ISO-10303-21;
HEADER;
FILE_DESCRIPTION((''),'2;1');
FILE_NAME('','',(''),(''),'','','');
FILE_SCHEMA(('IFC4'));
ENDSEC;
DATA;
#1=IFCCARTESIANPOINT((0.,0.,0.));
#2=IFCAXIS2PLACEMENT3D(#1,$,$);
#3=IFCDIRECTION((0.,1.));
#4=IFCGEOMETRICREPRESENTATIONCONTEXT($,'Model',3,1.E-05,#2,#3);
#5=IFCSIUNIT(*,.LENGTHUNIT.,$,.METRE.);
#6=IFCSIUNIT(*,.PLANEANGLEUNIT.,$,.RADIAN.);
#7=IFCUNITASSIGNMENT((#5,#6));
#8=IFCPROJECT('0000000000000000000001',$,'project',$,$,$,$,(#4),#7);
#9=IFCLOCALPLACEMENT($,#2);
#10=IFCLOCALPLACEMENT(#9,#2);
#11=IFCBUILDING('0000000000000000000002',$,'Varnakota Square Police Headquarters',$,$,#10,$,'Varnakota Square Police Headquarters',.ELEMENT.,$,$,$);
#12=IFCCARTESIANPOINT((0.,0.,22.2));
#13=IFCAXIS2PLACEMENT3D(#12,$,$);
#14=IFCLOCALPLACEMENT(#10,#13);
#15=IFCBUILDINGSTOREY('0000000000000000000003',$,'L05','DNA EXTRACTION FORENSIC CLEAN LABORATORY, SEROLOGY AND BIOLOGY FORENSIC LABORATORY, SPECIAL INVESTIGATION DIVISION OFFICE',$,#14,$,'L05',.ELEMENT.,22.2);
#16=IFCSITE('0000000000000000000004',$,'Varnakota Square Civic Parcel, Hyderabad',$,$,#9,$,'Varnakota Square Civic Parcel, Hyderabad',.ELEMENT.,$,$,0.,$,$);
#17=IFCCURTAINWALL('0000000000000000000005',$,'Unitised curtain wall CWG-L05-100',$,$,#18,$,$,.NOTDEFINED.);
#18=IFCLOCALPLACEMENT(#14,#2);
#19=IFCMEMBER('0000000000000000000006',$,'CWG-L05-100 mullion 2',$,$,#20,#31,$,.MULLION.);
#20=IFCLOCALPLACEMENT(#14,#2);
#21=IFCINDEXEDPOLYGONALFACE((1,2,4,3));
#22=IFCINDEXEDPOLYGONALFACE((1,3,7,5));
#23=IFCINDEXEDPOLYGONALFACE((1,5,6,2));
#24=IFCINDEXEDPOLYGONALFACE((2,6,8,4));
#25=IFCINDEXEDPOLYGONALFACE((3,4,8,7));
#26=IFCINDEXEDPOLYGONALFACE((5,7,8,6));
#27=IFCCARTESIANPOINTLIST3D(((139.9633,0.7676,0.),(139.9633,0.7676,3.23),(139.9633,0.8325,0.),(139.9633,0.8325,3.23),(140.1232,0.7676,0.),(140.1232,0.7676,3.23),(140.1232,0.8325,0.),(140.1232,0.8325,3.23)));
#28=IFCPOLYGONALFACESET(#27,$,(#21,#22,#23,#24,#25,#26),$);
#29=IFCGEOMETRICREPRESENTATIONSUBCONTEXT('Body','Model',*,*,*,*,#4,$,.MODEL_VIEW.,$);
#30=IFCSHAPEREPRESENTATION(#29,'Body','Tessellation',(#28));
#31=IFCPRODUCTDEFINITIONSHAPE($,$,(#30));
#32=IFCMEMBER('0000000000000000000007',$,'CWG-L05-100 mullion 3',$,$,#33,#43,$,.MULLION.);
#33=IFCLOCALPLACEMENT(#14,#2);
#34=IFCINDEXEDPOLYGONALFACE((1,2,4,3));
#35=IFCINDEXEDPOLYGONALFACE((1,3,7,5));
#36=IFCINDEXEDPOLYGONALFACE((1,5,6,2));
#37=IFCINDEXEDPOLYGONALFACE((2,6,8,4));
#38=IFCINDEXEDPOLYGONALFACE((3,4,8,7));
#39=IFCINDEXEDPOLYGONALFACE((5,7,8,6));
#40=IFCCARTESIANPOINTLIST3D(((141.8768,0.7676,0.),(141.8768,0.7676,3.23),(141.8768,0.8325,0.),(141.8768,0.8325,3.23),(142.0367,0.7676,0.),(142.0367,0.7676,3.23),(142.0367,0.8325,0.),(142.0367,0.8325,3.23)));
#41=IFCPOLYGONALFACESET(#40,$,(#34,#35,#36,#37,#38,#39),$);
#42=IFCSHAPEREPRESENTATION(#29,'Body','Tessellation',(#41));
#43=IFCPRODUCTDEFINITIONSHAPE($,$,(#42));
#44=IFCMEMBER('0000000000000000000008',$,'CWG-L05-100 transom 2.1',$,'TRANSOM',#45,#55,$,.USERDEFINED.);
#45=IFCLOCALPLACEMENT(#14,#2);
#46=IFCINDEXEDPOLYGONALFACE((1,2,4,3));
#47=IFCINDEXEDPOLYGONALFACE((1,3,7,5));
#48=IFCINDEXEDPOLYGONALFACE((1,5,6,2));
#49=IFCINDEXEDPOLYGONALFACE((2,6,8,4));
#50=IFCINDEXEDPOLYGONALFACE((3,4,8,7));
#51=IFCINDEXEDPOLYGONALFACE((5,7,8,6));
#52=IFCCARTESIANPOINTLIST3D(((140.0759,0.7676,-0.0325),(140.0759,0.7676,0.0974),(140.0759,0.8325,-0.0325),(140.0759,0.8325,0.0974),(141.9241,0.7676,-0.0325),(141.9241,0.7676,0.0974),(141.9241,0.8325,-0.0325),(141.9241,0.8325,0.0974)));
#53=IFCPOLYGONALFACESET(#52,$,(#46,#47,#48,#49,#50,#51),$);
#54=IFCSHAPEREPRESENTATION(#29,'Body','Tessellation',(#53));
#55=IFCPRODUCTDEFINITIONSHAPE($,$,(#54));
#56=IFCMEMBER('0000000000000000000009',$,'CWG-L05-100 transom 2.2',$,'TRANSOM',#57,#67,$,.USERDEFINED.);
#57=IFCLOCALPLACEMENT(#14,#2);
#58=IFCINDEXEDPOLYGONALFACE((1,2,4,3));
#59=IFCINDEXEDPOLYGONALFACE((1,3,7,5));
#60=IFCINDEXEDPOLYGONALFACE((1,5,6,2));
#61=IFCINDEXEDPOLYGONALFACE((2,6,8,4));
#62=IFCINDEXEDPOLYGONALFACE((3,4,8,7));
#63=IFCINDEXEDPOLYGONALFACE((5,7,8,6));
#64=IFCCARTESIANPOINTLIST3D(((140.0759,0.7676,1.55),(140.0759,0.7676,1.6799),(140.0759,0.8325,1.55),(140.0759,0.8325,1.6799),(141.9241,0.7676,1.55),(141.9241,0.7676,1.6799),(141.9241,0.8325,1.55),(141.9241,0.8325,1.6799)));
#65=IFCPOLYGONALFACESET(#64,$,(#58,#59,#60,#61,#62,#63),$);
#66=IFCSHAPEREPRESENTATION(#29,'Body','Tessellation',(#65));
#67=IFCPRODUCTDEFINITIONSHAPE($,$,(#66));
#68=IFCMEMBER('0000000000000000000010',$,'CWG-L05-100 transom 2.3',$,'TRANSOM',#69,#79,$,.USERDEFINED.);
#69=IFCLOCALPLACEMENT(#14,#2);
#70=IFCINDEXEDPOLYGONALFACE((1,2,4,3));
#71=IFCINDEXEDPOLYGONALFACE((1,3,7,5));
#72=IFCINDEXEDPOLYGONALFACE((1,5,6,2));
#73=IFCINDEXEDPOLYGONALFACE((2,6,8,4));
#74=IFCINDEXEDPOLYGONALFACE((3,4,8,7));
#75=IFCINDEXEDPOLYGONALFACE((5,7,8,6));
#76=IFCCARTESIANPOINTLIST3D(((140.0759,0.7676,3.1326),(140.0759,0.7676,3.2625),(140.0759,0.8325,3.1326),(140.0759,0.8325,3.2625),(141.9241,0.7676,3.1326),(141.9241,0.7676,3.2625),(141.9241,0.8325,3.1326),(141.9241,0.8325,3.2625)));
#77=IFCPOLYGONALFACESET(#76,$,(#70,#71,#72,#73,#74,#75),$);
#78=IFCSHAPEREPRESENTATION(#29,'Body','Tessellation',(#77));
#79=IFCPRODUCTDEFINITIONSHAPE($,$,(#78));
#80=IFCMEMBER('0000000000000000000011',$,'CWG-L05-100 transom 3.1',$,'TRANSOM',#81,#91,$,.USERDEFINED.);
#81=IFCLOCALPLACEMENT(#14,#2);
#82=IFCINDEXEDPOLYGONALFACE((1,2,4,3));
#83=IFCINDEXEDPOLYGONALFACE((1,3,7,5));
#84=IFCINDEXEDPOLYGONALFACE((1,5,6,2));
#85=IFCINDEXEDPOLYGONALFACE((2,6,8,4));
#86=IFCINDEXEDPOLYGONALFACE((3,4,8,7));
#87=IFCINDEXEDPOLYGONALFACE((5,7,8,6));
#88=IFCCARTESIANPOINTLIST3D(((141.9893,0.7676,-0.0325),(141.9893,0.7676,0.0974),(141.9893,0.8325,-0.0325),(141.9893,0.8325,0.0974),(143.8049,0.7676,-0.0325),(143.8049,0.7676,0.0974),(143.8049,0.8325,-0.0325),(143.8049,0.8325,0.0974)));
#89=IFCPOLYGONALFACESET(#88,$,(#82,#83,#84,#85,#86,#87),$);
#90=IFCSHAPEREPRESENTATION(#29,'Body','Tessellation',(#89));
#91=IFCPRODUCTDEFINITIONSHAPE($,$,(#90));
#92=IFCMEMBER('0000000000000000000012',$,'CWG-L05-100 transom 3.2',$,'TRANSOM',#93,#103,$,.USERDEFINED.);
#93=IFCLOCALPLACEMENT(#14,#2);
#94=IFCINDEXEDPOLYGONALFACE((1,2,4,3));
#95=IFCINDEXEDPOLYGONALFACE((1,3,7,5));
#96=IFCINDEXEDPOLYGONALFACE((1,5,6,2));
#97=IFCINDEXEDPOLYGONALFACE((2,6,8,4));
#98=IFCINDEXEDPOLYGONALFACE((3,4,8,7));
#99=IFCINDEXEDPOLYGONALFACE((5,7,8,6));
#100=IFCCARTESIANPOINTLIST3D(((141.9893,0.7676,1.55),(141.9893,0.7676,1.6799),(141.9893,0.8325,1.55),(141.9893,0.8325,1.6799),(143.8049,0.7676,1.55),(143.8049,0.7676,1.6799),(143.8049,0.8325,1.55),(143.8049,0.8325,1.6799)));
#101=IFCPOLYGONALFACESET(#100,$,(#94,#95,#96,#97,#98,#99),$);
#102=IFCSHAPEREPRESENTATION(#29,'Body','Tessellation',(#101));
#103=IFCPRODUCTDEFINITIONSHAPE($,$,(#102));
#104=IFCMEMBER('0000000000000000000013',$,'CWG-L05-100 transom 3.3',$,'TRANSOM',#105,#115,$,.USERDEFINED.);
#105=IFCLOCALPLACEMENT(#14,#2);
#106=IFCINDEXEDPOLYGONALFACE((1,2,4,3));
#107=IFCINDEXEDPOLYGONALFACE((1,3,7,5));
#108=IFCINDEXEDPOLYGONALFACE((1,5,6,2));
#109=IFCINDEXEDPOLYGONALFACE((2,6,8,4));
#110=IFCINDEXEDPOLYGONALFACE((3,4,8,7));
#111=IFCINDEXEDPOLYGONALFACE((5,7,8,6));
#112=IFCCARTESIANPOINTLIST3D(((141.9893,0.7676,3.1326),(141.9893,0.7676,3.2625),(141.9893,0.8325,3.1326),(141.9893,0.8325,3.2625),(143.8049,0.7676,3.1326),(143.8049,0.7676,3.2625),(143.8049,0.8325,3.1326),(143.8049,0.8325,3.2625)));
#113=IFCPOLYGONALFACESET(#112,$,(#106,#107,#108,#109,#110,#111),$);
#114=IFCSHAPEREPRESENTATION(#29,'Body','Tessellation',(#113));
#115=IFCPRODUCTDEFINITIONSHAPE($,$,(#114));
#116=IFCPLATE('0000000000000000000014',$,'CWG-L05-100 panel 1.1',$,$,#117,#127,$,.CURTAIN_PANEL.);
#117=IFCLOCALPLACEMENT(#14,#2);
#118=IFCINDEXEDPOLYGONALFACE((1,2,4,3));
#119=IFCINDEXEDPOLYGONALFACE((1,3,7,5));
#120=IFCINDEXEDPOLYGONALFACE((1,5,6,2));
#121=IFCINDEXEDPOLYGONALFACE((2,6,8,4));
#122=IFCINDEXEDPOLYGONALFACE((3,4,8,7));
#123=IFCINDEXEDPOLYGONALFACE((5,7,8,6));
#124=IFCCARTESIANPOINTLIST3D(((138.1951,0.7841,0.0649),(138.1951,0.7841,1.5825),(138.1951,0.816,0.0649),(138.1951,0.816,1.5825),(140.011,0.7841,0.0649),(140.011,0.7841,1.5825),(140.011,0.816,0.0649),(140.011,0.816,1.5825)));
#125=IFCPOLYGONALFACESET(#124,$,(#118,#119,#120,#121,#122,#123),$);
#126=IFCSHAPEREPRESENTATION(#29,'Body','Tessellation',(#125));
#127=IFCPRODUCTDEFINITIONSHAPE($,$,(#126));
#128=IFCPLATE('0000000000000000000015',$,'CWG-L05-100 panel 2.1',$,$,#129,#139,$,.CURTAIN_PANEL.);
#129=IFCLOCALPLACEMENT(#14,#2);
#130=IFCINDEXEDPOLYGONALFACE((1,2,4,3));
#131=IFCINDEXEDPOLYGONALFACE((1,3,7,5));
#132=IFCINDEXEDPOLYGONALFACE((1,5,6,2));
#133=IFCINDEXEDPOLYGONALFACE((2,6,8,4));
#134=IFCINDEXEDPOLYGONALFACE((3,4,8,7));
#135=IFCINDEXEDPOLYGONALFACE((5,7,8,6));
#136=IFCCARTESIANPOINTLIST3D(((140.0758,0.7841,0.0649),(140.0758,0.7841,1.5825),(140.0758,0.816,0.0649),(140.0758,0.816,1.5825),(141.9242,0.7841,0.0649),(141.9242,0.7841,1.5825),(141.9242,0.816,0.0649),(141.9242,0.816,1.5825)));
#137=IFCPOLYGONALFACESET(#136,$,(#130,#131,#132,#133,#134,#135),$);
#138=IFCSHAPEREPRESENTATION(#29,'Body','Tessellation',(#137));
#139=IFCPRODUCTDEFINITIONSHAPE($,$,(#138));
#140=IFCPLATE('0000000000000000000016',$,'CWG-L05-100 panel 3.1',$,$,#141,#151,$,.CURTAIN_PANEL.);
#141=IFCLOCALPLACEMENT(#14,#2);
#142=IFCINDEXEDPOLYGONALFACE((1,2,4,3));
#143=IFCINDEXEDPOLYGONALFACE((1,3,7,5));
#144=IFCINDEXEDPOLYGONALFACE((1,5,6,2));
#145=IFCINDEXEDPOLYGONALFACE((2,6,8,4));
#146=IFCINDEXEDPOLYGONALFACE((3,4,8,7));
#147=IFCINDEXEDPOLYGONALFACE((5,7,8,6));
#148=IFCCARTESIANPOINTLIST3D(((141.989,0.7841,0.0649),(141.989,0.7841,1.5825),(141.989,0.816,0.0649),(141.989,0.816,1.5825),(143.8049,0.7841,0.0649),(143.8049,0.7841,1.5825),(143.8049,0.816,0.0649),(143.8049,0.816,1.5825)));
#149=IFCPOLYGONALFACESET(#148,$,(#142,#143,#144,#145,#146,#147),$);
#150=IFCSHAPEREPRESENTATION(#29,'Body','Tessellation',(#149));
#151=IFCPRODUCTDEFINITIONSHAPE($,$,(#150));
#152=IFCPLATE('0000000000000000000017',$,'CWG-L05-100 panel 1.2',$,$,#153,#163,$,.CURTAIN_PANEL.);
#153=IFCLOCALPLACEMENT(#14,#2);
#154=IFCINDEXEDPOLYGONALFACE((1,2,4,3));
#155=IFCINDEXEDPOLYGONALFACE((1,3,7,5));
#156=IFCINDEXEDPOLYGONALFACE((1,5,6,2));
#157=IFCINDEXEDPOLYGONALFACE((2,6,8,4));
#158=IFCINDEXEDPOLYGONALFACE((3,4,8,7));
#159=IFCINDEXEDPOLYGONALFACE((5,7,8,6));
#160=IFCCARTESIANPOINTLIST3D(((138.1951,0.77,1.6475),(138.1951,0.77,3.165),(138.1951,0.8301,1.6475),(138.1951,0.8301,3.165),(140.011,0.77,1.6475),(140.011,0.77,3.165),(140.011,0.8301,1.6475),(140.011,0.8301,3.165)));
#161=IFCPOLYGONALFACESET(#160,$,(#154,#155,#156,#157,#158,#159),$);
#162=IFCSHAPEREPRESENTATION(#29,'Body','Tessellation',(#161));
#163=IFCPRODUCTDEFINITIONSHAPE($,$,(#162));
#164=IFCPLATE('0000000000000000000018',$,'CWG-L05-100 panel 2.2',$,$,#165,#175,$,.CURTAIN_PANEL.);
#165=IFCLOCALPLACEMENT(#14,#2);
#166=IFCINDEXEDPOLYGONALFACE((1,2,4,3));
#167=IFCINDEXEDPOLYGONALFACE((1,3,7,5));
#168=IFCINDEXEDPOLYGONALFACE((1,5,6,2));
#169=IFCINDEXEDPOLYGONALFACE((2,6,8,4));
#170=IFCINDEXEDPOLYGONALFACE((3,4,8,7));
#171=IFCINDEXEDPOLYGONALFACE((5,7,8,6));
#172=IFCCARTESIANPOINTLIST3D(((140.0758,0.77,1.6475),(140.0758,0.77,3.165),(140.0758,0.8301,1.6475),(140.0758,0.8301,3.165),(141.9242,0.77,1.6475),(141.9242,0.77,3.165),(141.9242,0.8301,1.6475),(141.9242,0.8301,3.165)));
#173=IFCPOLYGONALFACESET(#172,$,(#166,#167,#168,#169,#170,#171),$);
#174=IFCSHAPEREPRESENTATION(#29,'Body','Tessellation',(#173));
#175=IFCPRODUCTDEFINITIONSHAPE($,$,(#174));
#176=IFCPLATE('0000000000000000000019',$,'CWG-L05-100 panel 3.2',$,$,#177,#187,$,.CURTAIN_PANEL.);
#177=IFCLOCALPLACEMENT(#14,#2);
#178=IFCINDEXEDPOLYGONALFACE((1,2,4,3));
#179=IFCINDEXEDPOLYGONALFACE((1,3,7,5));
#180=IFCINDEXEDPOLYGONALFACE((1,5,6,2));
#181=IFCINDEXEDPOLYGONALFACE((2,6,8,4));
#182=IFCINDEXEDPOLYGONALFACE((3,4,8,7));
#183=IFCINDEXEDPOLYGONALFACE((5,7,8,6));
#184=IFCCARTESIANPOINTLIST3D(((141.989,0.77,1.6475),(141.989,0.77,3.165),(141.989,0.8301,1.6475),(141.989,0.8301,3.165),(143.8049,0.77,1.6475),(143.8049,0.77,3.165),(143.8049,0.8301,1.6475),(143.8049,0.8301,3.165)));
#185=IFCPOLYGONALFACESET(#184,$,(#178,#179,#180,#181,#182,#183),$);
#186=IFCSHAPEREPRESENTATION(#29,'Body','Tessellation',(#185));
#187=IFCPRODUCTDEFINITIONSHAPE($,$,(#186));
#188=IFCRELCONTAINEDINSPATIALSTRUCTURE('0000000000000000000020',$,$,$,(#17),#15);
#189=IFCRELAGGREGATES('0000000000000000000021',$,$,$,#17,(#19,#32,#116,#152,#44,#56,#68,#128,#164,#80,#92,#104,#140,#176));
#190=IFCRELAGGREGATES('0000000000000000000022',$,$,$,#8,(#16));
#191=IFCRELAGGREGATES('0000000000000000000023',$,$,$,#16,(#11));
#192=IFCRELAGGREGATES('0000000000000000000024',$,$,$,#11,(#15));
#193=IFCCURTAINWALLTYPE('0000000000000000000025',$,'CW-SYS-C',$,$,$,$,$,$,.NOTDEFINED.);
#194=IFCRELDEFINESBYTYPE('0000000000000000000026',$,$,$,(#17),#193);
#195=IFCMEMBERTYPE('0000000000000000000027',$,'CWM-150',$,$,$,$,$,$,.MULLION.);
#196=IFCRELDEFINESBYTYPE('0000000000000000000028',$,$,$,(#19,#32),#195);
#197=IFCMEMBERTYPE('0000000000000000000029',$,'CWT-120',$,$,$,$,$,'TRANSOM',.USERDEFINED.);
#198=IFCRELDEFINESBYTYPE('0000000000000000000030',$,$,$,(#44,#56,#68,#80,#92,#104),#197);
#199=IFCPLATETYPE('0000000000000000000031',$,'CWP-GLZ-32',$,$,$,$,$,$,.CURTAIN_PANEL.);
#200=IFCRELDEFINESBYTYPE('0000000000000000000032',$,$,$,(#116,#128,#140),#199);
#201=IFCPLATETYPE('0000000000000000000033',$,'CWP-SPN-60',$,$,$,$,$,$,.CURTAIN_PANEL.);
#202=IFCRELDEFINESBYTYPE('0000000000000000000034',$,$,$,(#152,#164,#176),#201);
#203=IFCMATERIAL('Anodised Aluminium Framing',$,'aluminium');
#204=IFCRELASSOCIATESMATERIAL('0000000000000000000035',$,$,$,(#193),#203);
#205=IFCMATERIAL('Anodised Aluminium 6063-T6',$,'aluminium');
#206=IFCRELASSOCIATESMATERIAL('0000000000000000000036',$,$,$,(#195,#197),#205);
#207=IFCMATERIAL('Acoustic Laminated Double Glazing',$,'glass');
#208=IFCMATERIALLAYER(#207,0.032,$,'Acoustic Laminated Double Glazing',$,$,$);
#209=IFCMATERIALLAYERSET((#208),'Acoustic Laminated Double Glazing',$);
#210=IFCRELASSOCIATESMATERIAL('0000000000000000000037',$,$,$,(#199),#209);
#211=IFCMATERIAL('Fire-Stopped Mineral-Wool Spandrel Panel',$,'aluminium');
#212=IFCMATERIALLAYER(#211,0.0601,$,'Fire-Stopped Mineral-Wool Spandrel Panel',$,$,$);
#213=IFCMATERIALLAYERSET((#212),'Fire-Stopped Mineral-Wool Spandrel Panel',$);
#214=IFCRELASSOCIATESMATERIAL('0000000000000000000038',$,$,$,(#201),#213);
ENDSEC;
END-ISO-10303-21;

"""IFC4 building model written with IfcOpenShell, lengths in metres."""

from ifc_helpers import new_model, si_unit, direction, frame, origin, origin_2d, place, context, subcontext, project, spatial, rectangle, extrude, material, layer, layer_set, material_profile, profile_set, type_object, element, aggregate, save


model = new_model("IFC4")

# Units and contexts
model_context = context("Model", 3, precision=1e-05, world=origin(), true_north=direction((0.0, 1.0)))
body_context = subcontext(model_context, "Body", "Model", "MODEL_VIEW")
ifc_project = project(units=[si_unit("LENGTHUNIT", "METRE"), si_unit("PLANEANGLEUNIT", "RADIAN")], contexts=[model_context])

# Site, building, storey
site_placement = place(None, origin())
site = spatial("IfcSite", under=ifc_project, at=site_placement, Name="Varnakota Square Civic Parcel, Hyderabad", LongName="Varnakota Square Civic Parcel, Hyderabad", CompositionType="ELEMENT", RefElevation=0.0)
building_placement = place(site_placement, origin())
building = spatial("IfcBuilding", under=site, at=building_placement, Name="Varnakota Square Police Headquarters", LongName="Varnakota Square Police Headquarters", CompositionType="ELEMENT")
storey_placement = place(building_placement, frame((0.0, 0.0, 22.2)))
storey = spatial("IfcBuildingStorey", under=building, at=storey_placement, Name="L05", Description="DNA EXTRACTION FORENSIC CLEAN LABORATORY, SEROLOGY AND BIOLOGY FORENSIC LABORATORY, SPECIAL INVESTIGATION DIVISION OFFICE", LongName="L05", CompositionType="ELEMENT", Elevation=22.2)

# Curtain wall, members, plates
ifc_material_1 = material(Name="Anodised Aluminium Framing", Category="aluminium")
curtain_wall_type = type_object("IfcCurtainWallType", Name="CW-SYS-C", PredefinedType="NOTDEFINED", material=ifc_material_1)
curtain_wall_placement = place(storey_placement, origin())
curtain_wall = element("IfcCurtainWall", 1, at=curtain_wall_placement, inside=storey, type_object=curtain_wall_type, Name="Unitised curtain wall CWG-L05-100", PredefinedType="NOTDEFINED")
ifc_material_2 = material(Name="Anodised Aluminium 6063-T6", Category="aluminium")
ifc_material_profile_1 = material_profile(ifc_material_2, rectangle(XDim=0.0649, YDim=0.1599, at=origin_2d()), Name="ALU MULLION 65x160")
ifc_profile_set_1 = profile_set([ifc_material_profile_1], Name="Anodised Aluminium 6063-T6")
member_type_1 = type_object("IfcMemberType", Name="CWM-150", PredefinedType="MULLION", material=ifc_profile_set_1)
member_1_placement = place(storey_placement, frame((140.0432, 0.8, 0.0), z_axis=(0.0, 0.0, 1.0), x_axis=(0.0, 1.0, 0.0)))
member_1 = element("IfcMember", 2, at=member_1_placement, type_object=member_type_1, Name="CWG-L05-100 mullion 2", PredefinedType="MULLION", context=body_context, shape_type="SweptSolid", body=[
    extrude(rectangle(XDim=0.0649, YDim=0.1599, at=origin_2d()), origin(), (0.0, 0.0, 1.0), 3.23),
])
member_2_placement = place(storey_placement, frame((141.9568, 0.8, 0.0), z_axis=(0.0, 0.0, 1.0), x_axis=(0.0, 1.0, 0.0)))
member_2 = element("IfcMember", 3, at=member_2_placement, type_object=member_type_1, Name="CWG-L05-100 mullion 3", PredefinedType="MULLION", context=body_context, shape_type="SweptSolid", body=[
    extrude(rectangle(XDim=0.0649, YDim=0.1599, at=origin_2d()), origin(), (0.0, 0.0, 1.0), 3.23),
])
ifc_material_profile_2 = material_profile(ifc_material_2, rectangle(XDim=0.0649, YDim=0.1299, at=origin_2d()), Name="ALU TRANSOM 65x130")
ifc_profile_set_2 = profile_set([ifc_material_profile_2], Name="Anodised Aluminium 6063-T6")
member_type_2 = type_object("IfcMemberType", Name="CWT-120", ElementType="TRANSOM", PredefinedType="USERDEFINED", material=ifc_profile_set_2)
member_3_placement = place(storey_placement, frame((140.0759, 0.8, 0.0325), z_axis=(1.0, 0.0, 0.0), x_axis=(0.0, 1.0, 0.0)))
member_3 = element("IfcMember", 4, at=member_3_placement, type_object=member_type_2, Name="CWG-L05-100 transom 2.1", ObjectType="TRANSOM", PredefinedType="USERDEFINED", context=body_context, shape_type="SweptSolid", body=[
    extrude(rectangle(XDim=0.0649, YDim=0.1299, at=origin_2d()), origin(), (0.0, 0.0, 1.0), 1.8481),
])
member_4_placement = place(storey_placement, frame((140.0759, 0.8, 1.615), z_axis=(1.0, 0.0, 0.0), x_axis=(0.0, 1.0, 0.0)))
member_4 = element("IfcMember", 5, at=member_4_placement, type_object=member_type_2, Name="CWG-L05-100 transom 2.2", ObjectType="TRANSOM", PredefinedType="USERDEFINED", context=body_context, shape_type="SweptSolid", body=[
    extrude(rectangle(XDim=0.0649, YDim=0.1299, at=origin_2d()), origin(), (0.0, 0.0, 1.0), 1.8481),
])
member_5_placement = place(storey_placement, frame((140.0759, 0.8, 3.1975), z_axis=(1.0, 0.0, 0.0), x_axis=(0.0, 1.0, 0.0)))
member_5 = element("IfcMember", 6, at=member_5_placement, type_object=member_type_2, Name="CWG-L05-100 transom 2.3", ObjectType="TRANSOM", PredefinedType="USERDEFINED", context=body_context, shape_type="SweptSolid", body=[
    extrude(rectangle(XDim=0.0649, YDim=0.1299, at=origin_2d()), origin(), (0.0, 0.0, 1.0), 1.8481),
])
member_6_placement = place(storey_placement, frame((141.9893, 0.8, 0.0325), z_axis=(1.0, 0.0, 0.0), x_axis=(0.0, 1.0, 0.0)))
member_6 = element("IfcMember", 7, at=member_6_placement, type_object=member_type_2, Name="CWG-L05-100 transom 3.1", ObjectType="TRANSOM", PredefinedType="USERDEFINED", context=body_context, shape_type="SweptSolid", body=[
    extrude(rectangle(XDim=0.0649, YDim=0.1299, at=origin_2d()), origin(), (0.0, 0.0, 1.0), 1.8157),
])
member_7_placement = place(storey_placement, frame((141.9893, 0.8, 1.615), z_axis=(1.0, 0.0, 0.0), x_axis=(0.0, 1.0, 0.0)))
member_7 = element("IfcMember", 8, at=member_7_placement, type_object=member_type_2, Name="CWG-L05-100 transom 3.2", ObjectType="TRANSOM", PredefinedType="USERDEFINED", context=body_context, shape_type="SweptSolid", body=[
    extrude(rectangle(XDim=0.0649, YDim=0.1299, at=origin_2d()), origin(), (0.0, 0.0, 1.0), 1.8157),
])
member_8_placement = place(storey_placement, frame((141.9893, 0.8, 3.1975), z_axis=(1.0, 0.0, 0.0), x_axis=(0.0, 1.0, 0.0)))
member_8 = element("IfcMember", 9, at=member_8_placement, type_object=member_type_2, Name="CWG-L05-100 transom 3.3", ObjectType="TRANSOM", PredefinedType="USERDEFINED", context=body_context, shape_type="SweptSolid", body=[
    extrude(rectangle(XDim=0.0649, YDim=0.1299, at=origin_2d()), origin(), (0.0, 0.0, 1.0), 1.8157),
])
ifc_material_3 = material(Name="Acoustic Laminated Double Glazing", Category="glass")
ifc_layer_1 = layer(ifc_material_3, 0.032, Name="Acoustic Laminated Double Glazing")
ifc_layer_set_1 = layer_set([ifc_layer_1], Name="Acoustic Laminated Double Glazing")
plate_type_1 = type_object("IfcPlateType", Name="CWP-GLZ-32", PredefinedType="CURTAIN_PANEL", material=ifc_layer_set_1)
plate_1_placement = place(storey_placement, frame((139.103, 0.8, 0.0649), z_axis=(0.0, 0.0, 1.0), x_axis=(1.0, 0.0, 0.0)))
plate_1 = element("IfcPlate", 10, at=plate_1_placement, type_object=plate_type_1, Name="CWG-L05-100 panel 1.1", PredefinedType="CURTAIN_PANEL", context=body_context, shape_type="SweptSolid", body=[
    extrude(rectangle(XDim=1.8159, YDim=0.032, at=origin_2d()), origin(), (0.0, 0.0, 1.0), 1.5176),
])
plate_2_placement = place(storey_placement, frame((141.0, 0.8, 0.0649), z_axis=(0.0, 0.0, 1.0), x_axis=(1.0, 0.0, 0.0)))
plate_2 = element("IfcPlate", 11, at=plate_2_placement, type_object=plate_type_1, Name="CWG-L05-100 panel 2.1", PredefinedType="CURTAIN_PANEL", context=body_context, shape_type="SweptSolid", body=[
    extrude(rectangle(XDim=1.8484, YDim=0.032, at=origin_2d()), origin(), (0.0, 0.0, 1.0), 1.5176),
])
plate_3_placement = place(storey_placement, frame((142.897, 0.8, 0.0649), z_axis=(0.0, 0.0, 1.0), x_axis=(1.0, 0.0, 0.0)))
plate_3 = element("IfcPlate", 12, at=plate_3_placement, type_object=plate_type_1, Name="CWG-L05-100 panel 3.1", PredefinedType="CURTAIN_PANEL", context=body_context, shape_type="SweptSolid", body=[
    extrude(rectangle(XDim=1.8159, YDim=0.032, at=origin_2d()), origin(), (0.0, 0.0, 1.0), 1.5176),
])
ifc_material_4 = material(Name="Fire-Stopped Mineral-Wool Spandrel Panel", Category="aluminium")
ifc_layer_2 = layer(ifc_material_4, 0.0601, Name="Fire-Stopped Mineral-Wool Spandrel Panel")
ifc_layer_set_2 = layer_set([ifc_layer_2], Name="Fire-Stopped Mineral-Wool Spandrel Panel")
plate_type_2 = type_object("IfcPlateType", Name="CWP-SPN-60", PredefinedType="CURTAIN_PANEL", material=ifc_layer_set_2)
plate_4_placement = place(storey_placement, frame((139.103, 0.8, 1.6475), z_axis=(0.0, 0.0, 1.0), x_axis=(1.0, 0.0, 0.0)))
plate_4 = element("IfcPlate", 13, at=plate_4_placement, type_object=plate_type_2, Name="CWG-L05-100 panel 1.2", PredefinedType="CURTAIN_PANEL", context=body_context, shape_type="SweptSolid", body=[
    extrude(rectangle(XDim=1.8159, YDim=0.0601, at=origin_2d()), origin(), (0.0, 0.0, 1.0), 1.5176),
])
plate_5_placement = place(storey_placement, frame((141.0, 0.8, 1.6475), z_axis=(0.0, 0.0, 1.0), x_axis=(1.0, 0.0, 0.0)))
plate_5 = element("IfcPlate", 14, at=plate_5_placement, type_object=plate_type_2, Name="CWG-L05-100 panel 2.2", PredefinedType="CURTAIN_PANEL", context=body_context, shape_type="SweptSolid", body=[
    extrude(rectangle(XDim=1.8484, YDim=0.0601, at=origin_2d()), origin(), (0.0, 0.0, 1.0), 1.5176),
])
plate_6_placement = place(storey_placement, frame((142.897, 0.8, 1.6475), z_axis=(0.0, 0.0, 1.0), x_axis=(1.0, 0.0, 0.0)))
plate_6 = element("IfcPlate", 15, at=plate_6_placement, type_object=plate_type_2, Name="CWG-L05-100 panel 3.2", PredefinedType="CURTAIN_PANEL", context=body_context, shape_type="SweptSolid", body=[
    extrude(rectangle(XDim=1.8159, YDim=0.0601, at=origin_2d()), origin(), (0.0, 0.0, 1.0), 1.5176),
])
aggregate(curtain_wall, [member_1, member_2, plate_1, plate_4, member_3, member_4, member_5, plate_2, plate_5, member_6, member_7, member_8, plate_3, plate_6])

save(model, "model.ifc")
